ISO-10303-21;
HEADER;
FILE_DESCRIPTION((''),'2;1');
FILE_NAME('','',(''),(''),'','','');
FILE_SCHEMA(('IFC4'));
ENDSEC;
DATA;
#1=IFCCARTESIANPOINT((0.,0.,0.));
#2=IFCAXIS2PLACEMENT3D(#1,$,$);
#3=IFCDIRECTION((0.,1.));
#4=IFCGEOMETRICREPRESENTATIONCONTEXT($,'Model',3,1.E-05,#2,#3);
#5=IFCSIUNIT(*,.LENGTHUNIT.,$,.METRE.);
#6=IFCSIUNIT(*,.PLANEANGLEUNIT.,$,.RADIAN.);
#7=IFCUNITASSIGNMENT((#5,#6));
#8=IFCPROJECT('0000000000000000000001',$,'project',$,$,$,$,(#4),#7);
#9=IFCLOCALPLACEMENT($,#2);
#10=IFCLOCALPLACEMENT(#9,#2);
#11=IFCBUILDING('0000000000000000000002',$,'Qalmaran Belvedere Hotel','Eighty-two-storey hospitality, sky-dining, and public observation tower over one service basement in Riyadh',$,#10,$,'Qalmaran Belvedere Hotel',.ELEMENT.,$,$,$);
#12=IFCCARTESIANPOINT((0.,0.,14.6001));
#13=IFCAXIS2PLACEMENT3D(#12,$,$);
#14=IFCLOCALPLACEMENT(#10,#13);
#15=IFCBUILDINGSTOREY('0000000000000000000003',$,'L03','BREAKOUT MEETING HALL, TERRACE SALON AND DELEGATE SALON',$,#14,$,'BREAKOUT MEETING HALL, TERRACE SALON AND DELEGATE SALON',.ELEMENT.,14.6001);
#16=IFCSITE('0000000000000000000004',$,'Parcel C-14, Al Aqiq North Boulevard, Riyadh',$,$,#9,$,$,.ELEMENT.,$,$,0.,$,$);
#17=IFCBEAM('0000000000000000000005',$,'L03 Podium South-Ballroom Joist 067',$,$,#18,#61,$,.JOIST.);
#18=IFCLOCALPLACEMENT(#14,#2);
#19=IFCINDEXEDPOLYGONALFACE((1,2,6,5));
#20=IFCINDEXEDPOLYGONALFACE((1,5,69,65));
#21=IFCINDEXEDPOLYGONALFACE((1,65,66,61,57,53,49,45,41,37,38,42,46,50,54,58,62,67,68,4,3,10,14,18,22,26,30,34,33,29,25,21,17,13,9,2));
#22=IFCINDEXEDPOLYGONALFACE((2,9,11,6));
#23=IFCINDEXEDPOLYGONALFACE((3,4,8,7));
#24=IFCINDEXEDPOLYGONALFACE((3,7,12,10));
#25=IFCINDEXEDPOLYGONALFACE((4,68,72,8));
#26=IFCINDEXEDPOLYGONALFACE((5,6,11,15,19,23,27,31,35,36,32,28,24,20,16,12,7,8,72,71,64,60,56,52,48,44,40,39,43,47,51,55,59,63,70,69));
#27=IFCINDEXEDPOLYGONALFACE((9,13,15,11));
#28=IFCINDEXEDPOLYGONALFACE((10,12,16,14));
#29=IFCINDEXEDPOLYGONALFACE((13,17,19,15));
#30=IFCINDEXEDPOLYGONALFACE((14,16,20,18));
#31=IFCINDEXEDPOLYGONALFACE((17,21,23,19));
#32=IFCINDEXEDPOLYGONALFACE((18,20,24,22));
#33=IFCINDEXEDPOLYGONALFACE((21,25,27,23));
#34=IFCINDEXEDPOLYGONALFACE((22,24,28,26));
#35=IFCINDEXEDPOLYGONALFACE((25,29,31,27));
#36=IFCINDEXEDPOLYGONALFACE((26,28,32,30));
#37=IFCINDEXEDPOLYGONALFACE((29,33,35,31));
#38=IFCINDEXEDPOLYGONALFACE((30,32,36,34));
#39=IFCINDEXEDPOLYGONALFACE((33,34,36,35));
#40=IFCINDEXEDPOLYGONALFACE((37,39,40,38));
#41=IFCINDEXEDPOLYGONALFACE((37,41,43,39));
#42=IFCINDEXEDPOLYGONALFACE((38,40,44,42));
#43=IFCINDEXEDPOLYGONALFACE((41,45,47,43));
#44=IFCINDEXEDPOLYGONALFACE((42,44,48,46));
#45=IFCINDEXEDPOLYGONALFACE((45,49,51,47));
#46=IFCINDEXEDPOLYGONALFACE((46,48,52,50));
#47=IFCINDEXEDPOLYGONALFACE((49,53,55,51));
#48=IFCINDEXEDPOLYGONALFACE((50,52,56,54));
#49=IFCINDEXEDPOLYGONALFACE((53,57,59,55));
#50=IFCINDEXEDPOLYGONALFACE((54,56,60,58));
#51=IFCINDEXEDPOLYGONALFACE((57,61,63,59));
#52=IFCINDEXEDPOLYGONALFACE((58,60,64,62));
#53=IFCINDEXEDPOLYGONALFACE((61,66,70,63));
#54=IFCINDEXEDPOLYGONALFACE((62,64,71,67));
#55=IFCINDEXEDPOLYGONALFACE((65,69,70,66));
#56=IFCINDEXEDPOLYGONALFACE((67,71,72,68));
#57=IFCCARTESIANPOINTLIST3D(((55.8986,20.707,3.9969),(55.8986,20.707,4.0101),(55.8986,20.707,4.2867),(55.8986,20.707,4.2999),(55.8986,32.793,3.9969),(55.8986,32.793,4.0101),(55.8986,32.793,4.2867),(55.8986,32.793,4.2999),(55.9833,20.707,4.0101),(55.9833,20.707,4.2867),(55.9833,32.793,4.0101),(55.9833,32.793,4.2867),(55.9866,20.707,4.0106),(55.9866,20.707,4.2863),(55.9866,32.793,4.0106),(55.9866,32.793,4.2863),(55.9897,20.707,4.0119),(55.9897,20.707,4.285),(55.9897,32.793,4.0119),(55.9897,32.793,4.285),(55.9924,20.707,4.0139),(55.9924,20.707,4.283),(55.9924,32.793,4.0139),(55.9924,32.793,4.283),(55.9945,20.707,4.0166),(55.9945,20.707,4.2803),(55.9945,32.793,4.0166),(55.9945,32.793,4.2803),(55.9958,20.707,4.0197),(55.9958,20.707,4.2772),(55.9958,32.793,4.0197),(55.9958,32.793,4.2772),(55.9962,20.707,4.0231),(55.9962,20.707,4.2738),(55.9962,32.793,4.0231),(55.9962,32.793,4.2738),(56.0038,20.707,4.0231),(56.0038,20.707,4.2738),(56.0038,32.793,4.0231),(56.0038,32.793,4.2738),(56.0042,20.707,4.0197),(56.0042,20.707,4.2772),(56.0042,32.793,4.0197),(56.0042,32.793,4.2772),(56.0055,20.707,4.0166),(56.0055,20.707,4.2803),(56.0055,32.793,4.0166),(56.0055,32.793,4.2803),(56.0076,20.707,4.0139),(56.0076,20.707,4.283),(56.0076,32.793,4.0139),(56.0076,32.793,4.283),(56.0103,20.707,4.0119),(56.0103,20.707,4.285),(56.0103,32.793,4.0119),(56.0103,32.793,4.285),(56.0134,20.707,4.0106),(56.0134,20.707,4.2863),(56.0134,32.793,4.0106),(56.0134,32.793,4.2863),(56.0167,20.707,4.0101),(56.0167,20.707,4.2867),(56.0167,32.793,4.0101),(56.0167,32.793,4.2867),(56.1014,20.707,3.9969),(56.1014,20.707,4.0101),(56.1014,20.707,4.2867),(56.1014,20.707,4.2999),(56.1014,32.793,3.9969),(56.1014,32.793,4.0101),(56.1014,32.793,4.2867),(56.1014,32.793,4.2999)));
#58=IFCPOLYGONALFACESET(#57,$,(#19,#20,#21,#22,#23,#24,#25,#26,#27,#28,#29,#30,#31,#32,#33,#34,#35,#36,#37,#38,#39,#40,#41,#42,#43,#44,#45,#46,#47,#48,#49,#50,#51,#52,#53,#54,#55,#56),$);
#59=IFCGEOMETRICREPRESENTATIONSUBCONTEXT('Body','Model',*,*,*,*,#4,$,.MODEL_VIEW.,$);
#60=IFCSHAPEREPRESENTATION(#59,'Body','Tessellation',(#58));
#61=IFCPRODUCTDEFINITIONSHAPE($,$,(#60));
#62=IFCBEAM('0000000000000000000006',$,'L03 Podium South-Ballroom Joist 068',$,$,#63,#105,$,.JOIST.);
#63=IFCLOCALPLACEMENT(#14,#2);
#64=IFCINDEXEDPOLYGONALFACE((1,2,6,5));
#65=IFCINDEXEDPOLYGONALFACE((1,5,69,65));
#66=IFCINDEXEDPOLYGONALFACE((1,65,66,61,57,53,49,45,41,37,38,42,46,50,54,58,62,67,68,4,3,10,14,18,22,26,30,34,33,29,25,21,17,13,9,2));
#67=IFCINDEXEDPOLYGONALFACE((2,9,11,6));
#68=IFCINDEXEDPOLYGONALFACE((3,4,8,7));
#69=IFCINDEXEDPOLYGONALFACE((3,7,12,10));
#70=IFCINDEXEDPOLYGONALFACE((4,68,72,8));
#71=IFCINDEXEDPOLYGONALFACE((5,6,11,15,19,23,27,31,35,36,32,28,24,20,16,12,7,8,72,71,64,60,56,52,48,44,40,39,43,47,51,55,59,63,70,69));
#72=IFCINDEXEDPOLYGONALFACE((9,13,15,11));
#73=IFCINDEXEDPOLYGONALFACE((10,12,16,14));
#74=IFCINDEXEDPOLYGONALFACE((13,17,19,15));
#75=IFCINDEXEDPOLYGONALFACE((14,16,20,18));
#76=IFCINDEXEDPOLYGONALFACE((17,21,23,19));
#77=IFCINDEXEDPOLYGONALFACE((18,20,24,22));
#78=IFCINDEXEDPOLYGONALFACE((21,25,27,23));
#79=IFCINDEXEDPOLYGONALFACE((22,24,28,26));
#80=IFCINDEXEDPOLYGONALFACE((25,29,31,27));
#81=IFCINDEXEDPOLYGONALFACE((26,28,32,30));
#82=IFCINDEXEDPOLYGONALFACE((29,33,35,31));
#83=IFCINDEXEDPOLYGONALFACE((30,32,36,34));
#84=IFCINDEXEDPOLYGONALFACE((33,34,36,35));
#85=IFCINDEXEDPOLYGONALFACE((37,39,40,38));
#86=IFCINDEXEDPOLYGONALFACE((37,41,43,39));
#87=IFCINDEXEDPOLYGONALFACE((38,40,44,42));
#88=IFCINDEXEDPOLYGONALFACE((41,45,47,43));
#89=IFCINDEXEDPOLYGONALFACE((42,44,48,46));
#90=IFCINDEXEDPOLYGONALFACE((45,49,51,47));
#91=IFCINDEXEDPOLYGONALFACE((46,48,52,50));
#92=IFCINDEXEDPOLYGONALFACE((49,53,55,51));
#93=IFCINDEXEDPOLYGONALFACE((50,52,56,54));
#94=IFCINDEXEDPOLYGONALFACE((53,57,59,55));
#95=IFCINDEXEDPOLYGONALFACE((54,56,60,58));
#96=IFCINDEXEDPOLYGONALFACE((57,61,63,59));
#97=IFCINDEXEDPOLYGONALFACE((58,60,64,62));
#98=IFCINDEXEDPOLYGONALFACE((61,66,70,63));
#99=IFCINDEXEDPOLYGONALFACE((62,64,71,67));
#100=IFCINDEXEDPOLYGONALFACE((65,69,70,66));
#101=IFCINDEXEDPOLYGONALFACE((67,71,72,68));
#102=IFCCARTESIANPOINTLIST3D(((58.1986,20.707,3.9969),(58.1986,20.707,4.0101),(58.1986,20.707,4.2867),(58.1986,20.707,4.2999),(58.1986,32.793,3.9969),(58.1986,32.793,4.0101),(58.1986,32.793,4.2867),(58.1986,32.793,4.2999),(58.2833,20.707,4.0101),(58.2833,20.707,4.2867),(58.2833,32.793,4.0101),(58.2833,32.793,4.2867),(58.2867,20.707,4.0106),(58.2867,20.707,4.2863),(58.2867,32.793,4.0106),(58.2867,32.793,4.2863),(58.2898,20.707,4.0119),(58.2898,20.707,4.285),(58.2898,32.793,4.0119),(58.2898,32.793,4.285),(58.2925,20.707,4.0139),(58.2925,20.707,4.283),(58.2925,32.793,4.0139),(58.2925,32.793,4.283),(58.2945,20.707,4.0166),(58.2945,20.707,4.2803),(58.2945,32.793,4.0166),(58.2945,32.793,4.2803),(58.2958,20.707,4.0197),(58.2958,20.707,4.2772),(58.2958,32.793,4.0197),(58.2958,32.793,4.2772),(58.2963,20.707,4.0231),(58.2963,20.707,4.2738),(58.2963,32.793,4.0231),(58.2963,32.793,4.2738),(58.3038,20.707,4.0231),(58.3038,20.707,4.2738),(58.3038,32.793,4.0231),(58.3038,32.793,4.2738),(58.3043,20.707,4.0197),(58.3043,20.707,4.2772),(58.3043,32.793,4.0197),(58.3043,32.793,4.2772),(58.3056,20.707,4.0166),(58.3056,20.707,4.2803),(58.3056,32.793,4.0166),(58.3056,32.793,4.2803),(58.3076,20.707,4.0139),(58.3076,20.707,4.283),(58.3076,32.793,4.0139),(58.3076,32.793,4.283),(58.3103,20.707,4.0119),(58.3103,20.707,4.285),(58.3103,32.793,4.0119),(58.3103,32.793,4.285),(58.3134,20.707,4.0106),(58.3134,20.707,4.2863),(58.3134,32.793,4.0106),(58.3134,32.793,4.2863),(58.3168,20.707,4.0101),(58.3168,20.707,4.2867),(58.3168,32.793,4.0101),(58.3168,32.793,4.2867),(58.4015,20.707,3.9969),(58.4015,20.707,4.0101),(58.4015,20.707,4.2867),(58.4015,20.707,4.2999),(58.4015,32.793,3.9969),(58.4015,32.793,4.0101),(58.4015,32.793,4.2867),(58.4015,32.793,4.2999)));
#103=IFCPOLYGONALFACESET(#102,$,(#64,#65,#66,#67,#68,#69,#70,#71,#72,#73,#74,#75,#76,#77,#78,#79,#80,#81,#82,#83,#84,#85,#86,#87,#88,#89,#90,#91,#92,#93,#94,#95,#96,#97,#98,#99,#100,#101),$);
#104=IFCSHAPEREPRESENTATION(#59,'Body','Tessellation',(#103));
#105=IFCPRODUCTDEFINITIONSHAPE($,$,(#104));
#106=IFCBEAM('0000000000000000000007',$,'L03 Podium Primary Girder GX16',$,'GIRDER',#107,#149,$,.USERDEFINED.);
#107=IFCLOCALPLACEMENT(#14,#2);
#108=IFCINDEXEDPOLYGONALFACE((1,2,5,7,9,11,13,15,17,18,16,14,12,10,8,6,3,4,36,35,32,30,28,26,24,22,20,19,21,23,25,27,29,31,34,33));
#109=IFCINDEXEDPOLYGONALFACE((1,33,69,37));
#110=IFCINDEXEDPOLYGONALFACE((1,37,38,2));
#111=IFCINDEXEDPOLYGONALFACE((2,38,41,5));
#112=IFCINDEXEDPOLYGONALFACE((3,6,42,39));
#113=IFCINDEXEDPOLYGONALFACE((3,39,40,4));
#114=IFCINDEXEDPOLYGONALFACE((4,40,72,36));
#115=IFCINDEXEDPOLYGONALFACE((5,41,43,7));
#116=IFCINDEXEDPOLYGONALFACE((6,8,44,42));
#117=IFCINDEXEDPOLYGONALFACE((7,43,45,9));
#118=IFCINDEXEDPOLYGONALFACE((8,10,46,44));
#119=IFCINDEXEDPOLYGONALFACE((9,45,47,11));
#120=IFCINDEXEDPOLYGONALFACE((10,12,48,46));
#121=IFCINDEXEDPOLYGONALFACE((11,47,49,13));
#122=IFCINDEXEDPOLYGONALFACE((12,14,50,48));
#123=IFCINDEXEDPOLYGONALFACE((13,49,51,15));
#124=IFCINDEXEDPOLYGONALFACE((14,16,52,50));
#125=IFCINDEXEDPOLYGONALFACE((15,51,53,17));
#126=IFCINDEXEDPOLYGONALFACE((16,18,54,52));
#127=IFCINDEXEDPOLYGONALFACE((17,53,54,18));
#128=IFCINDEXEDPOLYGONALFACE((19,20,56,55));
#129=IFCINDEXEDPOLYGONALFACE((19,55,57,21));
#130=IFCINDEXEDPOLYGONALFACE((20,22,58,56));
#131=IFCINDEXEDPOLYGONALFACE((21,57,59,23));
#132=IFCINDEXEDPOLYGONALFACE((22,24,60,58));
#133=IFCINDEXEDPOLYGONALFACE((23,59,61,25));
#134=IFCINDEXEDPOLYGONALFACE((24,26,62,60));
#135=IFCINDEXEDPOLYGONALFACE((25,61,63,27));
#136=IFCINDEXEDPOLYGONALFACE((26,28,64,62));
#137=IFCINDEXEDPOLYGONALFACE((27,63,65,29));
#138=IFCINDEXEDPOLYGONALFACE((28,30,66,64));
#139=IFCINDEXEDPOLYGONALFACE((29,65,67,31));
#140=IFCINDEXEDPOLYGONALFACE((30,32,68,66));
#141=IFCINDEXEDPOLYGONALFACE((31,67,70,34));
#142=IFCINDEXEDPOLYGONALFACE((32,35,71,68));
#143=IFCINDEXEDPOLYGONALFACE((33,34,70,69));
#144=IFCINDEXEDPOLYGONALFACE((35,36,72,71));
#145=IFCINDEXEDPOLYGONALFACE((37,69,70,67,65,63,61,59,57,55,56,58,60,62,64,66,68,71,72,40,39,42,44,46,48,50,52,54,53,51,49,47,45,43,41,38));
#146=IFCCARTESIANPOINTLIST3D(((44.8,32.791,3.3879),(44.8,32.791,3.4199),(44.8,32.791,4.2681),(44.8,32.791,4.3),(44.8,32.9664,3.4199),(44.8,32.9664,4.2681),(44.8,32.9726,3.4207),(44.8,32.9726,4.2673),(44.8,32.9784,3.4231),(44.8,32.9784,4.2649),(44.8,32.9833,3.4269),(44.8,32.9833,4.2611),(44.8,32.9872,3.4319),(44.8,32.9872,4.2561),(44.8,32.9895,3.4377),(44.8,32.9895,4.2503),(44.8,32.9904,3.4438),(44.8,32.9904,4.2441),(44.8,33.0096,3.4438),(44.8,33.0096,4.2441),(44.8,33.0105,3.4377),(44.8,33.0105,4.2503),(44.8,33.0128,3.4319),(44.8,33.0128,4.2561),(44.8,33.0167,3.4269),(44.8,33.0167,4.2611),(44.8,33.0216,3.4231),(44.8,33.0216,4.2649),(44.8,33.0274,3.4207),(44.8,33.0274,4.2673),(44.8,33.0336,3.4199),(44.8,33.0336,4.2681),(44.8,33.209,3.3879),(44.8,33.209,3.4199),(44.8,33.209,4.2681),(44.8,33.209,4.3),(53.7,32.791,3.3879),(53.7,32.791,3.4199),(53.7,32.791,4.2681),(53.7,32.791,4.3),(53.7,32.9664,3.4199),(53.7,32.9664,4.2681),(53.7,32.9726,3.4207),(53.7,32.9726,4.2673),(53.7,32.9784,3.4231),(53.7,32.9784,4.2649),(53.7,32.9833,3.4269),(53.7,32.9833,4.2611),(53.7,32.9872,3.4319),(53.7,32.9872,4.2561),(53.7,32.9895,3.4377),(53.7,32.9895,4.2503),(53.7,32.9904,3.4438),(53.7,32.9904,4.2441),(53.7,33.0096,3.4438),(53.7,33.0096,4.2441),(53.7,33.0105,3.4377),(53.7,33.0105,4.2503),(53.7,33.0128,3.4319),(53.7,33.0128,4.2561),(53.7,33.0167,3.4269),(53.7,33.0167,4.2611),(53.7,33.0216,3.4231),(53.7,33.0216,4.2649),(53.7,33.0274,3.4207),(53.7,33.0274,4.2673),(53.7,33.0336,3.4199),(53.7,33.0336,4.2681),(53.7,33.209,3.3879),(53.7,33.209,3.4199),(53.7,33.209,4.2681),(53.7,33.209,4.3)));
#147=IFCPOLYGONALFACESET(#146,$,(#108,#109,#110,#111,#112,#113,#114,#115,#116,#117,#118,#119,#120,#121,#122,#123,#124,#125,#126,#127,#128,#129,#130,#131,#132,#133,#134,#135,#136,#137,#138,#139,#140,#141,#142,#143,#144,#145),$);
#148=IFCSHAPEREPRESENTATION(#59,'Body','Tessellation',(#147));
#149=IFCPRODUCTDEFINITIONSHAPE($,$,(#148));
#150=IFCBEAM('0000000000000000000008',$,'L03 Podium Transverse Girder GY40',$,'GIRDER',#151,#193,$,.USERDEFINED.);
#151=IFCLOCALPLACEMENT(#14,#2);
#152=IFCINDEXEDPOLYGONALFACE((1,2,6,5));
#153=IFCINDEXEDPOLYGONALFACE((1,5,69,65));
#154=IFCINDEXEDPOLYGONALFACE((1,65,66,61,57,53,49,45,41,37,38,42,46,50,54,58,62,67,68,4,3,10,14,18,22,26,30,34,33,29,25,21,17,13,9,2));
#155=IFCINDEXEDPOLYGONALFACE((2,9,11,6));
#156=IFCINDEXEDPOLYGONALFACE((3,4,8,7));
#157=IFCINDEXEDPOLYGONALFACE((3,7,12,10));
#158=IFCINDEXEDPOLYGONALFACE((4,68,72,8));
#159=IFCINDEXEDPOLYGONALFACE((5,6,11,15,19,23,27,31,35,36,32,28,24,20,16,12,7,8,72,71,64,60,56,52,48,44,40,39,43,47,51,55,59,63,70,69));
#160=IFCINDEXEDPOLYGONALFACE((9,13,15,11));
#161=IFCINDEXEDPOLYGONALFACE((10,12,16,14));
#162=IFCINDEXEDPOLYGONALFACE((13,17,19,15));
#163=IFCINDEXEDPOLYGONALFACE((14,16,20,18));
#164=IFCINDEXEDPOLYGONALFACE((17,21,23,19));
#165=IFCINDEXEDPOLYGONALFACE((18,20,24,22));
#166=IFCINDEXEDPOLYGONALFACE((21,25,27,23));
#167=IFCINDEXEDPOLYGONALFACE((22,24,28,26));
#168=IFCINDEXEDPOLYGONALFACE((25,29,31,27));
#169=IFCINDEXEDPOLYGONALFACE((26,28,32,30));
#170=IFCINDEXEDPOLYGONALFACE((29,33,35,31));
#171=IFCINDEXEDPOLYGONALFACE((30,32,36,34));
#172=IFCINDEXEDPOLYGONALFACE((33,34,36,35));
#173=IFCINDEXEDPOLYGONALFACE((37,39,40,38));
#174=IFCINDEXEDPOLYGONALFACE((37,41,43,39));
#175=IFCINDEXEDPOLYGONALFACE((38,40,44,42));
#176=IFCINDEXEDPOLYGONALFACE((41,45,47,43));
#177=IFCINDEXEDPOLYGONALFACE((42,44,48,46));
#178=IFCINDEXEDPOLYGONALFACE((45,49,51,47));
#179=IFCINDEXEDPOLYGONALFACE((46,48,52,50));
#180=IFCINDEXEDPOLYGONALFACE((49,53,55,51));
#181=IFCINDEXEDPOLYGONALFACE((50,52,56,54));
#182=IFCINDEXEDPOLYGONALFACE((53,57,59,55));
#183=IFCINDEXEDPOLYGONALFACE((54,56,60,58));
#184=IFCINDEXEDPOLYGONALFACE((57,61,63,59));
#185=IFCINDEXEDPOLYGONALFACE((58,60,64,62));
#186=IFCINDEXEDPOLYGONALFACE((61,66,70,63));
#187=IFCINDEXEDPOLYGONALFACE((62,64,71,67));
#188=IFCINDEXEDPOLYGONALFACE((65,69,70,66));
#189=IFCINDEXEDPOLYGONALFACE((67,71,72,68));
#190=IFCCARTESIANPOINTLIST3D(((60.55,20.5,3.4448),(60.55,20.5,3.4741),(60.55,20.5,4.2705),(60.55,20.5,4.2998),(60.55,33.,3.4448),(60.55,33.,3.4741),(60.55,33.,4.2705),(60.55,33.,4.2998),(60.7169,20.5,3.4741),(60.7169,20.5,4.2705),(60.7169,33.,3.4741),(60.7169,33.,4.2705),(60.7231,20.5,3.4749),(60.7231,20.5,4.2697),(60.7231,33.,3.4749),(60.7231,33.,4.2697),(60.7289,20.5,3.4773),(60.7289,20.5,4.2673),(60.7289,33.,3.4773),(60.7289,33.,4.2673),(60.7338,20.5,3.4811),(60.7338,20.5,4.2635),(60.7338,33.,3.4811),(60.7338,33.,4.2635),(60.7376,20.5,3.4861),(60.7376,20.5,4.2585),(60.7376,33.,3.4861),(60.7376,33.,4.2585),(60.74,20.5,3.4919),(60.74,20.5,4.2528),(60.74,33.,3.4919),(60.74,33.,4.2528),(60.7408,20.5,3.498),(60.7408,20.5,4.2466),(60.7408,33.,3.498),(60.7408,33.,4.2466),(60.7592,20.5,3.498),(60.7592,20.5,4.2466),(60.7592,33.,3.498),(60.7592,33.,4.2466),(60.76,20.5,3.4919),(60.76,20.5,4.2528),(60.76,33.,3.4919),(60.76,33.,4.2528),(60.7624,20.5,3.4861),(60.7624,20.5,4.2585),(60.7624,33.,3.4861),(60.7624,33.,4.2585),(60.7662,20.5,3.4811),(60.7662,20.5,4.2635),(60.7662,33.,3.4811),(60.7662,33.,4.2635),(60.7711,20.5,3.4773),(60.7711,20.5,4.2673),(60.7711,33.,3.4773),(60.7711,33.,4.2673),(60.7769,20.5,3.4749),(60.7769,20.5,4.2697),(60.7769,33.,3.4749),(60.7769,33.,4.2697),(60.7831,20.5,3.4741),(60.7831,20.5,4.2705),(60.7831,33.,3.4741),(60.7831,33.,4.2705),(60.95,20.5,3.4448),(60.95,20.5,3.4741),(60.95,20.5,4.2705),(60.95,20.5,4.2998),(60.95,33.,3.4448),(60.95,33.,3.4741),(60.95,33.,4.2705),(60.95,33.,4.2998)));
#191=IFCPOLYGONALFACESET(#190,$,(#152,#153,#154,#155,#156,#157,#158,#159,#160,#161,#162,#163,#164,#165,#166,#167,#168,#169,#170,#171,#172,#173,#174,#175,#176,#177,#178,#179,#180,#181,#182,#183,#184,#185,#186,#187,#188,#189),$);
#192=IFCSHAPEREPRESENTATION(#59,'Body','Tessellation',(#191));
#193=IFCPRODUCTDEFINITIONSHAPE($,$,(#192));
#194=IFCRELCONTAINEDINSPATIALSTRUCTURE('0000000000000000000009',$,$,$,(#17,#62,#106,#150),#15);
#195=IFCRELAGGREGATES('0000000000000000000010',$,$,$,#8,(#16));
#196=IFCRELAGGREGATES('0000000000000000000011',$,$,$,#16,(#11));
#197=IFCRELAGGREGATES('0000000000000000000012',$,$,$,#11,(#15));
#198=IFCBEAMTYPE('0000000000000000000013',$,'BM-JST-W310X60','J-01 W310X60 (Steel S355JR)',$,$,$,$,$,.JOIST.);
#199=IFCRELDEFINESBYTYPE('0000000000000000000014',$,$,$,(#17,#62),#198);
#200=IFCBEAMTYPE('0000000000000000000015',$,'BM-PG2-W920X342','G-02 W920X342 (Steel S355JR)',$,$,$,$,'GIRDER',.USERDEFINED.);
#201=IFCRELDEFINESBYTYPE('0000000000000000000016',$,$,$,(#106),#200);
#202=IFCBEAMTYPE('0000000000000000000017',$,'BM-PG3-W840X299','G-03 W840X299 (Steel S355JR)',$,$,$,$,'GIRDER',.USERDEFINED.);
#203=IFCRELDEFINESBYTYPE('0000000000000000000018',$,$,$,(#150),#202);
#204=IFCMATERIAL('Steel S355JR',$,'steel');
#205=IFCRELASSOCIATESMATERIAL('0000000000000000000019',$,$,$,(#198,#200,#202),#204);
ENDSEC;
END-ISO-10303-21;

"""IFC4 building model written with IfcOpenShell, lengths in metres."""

from ifc_helpers import new_model, si_unit, direction, frame, origin, origin_2d, place, context, subcontext, project, spatial, i_section, extrude, material, material_profile, profile_set, type_object, element, save


model = new_model("IFC4")

# Units and contexts
model_context = context("Model", 3, precision=1e-05, world=origin(), true_north=direction((0.0, 1.0)))
body_context = subcontext(model_context, "Body", "Model", "MODEL_VIEW")
ifc_project = project(units=[si_unit("LENGTHUNIT", "METRE"), si_unit("PLANEANGLEUNIT", "RADIAN")], contexts=[model_context])

# Site, building, storey
site_placement = place(None, origin())
site = spatial("IfcSite", under=ifc_project, at=site_placement, Name="Parcel C-14, Al Aqiq North Boulevard, Riyadh", CompositionType="ELEMENT", RefElevation=0.0)
building_placement = place(site_placement, origin())
building = spatial("IfcBuilding", under=site, at=building_placement, Name="Qalmaran Belvedere Hotel", Description="Eighty-two-storey hospitality, sky-dining, and public observation tower over one service basement in Riyadh", LongName="Qalmaran Belvedere Hotel", CompositionType="ELEMENT")
storey_placement = place(building_placement, frame((0.0, 0.0, 14.6001)))
storey = spatial("IfcBuildingStorey", under=building, at=storey_placement, Name="L03", Description="BREAKOUT MEETING HALL, TERRACE SALON AND DELEGATE SALON", LongName="BREAKOUT MEETING HALL, TERRACE SALON AND DELEGATE SALON", CompositionType="ELEMENT", Elevation=14.6001)

# Beams
ifc_material_1 = material(Name="Steel S355JR", Category="steel")
ifc_material_profile_1 = material_profile(ifc_material_1, i_section(OverallWidth=0.2029, OverallDepth=0.303, WebThickness=0.0076, FlangeThickness=0.0132, FilletRadius=0.0129, at=origin_2d()), Name="W310X60")
ifc_profile_set_1 = profile_set([ifc_material_profile_1], Name="Steel S355JR")
beam_type_1 = type_object("IfcBeamType", Name="BM-JST-W310X60", Description="J-01 W310X60 (Steel S355JR)", PredefinedType="JOIST", material=ifc_profile_set_1)
for number, where, z_axis, x_axis, name in (
    (1, (56.0, 20.707, 4.1484), (0.0, 1.0, 0.0), (-1.0, 0.0, 0.0), "L03 Podium South-Ballroom Joist 067"),
    (2, (58.3, 20.707, 4.1484), (0.0, 1.0, 0.0), (-1.0, 0.0, 0.0), "L03 Podium South-Ballroom Joist 068"),
):
    element("IfcBeam", number, at=place(storey_placement, frame(where, z_axis=z_axis, x_axis=x_axis)), inside=storey, type_object=beam_type_1, Name=name, PredefinedType="JOIST", context=body_context, shape_type="SweptSolid", body=[
        extrude(i_section(OverallWidth=0.2029, OverallDepth=0.303, WebThickness=0.0076, FlangeThickness=0.0132, FilletRadius=0.0129, at=origin_2d()), origin(), (0.0, 0.0, 1.0), 12.0859),
    ])
ifc_material_profile_2 = material_profile(ifc_material_1, i_section(OverallWidth=0.418, OverallDepth=0.9121, WebThickness=0.0193, FlangeThickness=0.032, FilletRadius=0.0239, at=origin_2d()), Name="W920X342")
ifc_profile_set_2 = profile_set([ifc_material_profile_2], Name="Steel S355JR")
beam_type_2 = type_object("IfcBeamType", Name="BM-PG2-W920X342", Description="G-02 W920X342 (Steel S355JR)", ElementType="GIRDER", PredefinedType="USERDEFINED", material=ifc_profile_set_2)
beam_1_placement = place(storey_placement, frame((44.8, 33.0, 3.844), z_axis=(1.0, 0.0, 0.0), x_axis=(0.0, 1.0, 0.0)))
element("IfcBeam", 3, at=beam_1_placement, inside=storey, type_object=beam_type_2, Name="L03 Podium Primary Girder GX16", ObjectType="GIRDER", PredefinedType="USERDEFINED", context=body_context, shape_type="SweptSolid", body=[
    extrude(i_section(OverallWidth=0.418, OverallDepth=0.9121, WebThickness=0.0193, FlangeThickness=0.032, FilletRadius=0.0239, at=origin_2d()), origin(), (0.0, 0.0, 1.0), 8.8999),
])
ifc_material_profile_3 = material_profile(ifc_material_1, i_section(OverallWidth=0.3999, OverallDepth=0.855, WebThickness=0.0183, FlangeThickness=0.0293, FilletRadius=0.0239, at=origin_2d()), Name="W840X299")
ifc_profile_set_3 = profile_set([ifc_material_profile_3], Name="Steel S355JR")
beam_type_3 = type_object("IfcBeamType", Name="BM-PG3-W840X299", Description="G-03 W840X299 (Steel S355JR)", ElementType="GIRDER", PredefinedType="USERDEFINED", material=ifc_profile_set_3)
beam_2_placement = place(storey_placement, frame((60.75, 20.5, 3.8723), z_axis=(0.0, 1.0, 0.0), x_axis=(-1.0, 0.0, 0.0)))
element("IfcBeam", 4, at=beam_2_placement, inside=storey, type_object=beam_type_3, Name="L03 Podium Transverse Girder GY40", ObjectType="GIRDER", PredefinedType="USERDEFINED", context=body_context, shape_type="SweptSolid", body=[
    extrude(i_section(OverallWidth=0.3999, OverallDepth=0.855, WebThickness=0.0183, FlangeThickness=0.0293, FilletRadius=0.0239, at=origin_2d()), origin(), (0.0, 0.0, 1.0), 12.5),
])

save(model, "model.ifc")
